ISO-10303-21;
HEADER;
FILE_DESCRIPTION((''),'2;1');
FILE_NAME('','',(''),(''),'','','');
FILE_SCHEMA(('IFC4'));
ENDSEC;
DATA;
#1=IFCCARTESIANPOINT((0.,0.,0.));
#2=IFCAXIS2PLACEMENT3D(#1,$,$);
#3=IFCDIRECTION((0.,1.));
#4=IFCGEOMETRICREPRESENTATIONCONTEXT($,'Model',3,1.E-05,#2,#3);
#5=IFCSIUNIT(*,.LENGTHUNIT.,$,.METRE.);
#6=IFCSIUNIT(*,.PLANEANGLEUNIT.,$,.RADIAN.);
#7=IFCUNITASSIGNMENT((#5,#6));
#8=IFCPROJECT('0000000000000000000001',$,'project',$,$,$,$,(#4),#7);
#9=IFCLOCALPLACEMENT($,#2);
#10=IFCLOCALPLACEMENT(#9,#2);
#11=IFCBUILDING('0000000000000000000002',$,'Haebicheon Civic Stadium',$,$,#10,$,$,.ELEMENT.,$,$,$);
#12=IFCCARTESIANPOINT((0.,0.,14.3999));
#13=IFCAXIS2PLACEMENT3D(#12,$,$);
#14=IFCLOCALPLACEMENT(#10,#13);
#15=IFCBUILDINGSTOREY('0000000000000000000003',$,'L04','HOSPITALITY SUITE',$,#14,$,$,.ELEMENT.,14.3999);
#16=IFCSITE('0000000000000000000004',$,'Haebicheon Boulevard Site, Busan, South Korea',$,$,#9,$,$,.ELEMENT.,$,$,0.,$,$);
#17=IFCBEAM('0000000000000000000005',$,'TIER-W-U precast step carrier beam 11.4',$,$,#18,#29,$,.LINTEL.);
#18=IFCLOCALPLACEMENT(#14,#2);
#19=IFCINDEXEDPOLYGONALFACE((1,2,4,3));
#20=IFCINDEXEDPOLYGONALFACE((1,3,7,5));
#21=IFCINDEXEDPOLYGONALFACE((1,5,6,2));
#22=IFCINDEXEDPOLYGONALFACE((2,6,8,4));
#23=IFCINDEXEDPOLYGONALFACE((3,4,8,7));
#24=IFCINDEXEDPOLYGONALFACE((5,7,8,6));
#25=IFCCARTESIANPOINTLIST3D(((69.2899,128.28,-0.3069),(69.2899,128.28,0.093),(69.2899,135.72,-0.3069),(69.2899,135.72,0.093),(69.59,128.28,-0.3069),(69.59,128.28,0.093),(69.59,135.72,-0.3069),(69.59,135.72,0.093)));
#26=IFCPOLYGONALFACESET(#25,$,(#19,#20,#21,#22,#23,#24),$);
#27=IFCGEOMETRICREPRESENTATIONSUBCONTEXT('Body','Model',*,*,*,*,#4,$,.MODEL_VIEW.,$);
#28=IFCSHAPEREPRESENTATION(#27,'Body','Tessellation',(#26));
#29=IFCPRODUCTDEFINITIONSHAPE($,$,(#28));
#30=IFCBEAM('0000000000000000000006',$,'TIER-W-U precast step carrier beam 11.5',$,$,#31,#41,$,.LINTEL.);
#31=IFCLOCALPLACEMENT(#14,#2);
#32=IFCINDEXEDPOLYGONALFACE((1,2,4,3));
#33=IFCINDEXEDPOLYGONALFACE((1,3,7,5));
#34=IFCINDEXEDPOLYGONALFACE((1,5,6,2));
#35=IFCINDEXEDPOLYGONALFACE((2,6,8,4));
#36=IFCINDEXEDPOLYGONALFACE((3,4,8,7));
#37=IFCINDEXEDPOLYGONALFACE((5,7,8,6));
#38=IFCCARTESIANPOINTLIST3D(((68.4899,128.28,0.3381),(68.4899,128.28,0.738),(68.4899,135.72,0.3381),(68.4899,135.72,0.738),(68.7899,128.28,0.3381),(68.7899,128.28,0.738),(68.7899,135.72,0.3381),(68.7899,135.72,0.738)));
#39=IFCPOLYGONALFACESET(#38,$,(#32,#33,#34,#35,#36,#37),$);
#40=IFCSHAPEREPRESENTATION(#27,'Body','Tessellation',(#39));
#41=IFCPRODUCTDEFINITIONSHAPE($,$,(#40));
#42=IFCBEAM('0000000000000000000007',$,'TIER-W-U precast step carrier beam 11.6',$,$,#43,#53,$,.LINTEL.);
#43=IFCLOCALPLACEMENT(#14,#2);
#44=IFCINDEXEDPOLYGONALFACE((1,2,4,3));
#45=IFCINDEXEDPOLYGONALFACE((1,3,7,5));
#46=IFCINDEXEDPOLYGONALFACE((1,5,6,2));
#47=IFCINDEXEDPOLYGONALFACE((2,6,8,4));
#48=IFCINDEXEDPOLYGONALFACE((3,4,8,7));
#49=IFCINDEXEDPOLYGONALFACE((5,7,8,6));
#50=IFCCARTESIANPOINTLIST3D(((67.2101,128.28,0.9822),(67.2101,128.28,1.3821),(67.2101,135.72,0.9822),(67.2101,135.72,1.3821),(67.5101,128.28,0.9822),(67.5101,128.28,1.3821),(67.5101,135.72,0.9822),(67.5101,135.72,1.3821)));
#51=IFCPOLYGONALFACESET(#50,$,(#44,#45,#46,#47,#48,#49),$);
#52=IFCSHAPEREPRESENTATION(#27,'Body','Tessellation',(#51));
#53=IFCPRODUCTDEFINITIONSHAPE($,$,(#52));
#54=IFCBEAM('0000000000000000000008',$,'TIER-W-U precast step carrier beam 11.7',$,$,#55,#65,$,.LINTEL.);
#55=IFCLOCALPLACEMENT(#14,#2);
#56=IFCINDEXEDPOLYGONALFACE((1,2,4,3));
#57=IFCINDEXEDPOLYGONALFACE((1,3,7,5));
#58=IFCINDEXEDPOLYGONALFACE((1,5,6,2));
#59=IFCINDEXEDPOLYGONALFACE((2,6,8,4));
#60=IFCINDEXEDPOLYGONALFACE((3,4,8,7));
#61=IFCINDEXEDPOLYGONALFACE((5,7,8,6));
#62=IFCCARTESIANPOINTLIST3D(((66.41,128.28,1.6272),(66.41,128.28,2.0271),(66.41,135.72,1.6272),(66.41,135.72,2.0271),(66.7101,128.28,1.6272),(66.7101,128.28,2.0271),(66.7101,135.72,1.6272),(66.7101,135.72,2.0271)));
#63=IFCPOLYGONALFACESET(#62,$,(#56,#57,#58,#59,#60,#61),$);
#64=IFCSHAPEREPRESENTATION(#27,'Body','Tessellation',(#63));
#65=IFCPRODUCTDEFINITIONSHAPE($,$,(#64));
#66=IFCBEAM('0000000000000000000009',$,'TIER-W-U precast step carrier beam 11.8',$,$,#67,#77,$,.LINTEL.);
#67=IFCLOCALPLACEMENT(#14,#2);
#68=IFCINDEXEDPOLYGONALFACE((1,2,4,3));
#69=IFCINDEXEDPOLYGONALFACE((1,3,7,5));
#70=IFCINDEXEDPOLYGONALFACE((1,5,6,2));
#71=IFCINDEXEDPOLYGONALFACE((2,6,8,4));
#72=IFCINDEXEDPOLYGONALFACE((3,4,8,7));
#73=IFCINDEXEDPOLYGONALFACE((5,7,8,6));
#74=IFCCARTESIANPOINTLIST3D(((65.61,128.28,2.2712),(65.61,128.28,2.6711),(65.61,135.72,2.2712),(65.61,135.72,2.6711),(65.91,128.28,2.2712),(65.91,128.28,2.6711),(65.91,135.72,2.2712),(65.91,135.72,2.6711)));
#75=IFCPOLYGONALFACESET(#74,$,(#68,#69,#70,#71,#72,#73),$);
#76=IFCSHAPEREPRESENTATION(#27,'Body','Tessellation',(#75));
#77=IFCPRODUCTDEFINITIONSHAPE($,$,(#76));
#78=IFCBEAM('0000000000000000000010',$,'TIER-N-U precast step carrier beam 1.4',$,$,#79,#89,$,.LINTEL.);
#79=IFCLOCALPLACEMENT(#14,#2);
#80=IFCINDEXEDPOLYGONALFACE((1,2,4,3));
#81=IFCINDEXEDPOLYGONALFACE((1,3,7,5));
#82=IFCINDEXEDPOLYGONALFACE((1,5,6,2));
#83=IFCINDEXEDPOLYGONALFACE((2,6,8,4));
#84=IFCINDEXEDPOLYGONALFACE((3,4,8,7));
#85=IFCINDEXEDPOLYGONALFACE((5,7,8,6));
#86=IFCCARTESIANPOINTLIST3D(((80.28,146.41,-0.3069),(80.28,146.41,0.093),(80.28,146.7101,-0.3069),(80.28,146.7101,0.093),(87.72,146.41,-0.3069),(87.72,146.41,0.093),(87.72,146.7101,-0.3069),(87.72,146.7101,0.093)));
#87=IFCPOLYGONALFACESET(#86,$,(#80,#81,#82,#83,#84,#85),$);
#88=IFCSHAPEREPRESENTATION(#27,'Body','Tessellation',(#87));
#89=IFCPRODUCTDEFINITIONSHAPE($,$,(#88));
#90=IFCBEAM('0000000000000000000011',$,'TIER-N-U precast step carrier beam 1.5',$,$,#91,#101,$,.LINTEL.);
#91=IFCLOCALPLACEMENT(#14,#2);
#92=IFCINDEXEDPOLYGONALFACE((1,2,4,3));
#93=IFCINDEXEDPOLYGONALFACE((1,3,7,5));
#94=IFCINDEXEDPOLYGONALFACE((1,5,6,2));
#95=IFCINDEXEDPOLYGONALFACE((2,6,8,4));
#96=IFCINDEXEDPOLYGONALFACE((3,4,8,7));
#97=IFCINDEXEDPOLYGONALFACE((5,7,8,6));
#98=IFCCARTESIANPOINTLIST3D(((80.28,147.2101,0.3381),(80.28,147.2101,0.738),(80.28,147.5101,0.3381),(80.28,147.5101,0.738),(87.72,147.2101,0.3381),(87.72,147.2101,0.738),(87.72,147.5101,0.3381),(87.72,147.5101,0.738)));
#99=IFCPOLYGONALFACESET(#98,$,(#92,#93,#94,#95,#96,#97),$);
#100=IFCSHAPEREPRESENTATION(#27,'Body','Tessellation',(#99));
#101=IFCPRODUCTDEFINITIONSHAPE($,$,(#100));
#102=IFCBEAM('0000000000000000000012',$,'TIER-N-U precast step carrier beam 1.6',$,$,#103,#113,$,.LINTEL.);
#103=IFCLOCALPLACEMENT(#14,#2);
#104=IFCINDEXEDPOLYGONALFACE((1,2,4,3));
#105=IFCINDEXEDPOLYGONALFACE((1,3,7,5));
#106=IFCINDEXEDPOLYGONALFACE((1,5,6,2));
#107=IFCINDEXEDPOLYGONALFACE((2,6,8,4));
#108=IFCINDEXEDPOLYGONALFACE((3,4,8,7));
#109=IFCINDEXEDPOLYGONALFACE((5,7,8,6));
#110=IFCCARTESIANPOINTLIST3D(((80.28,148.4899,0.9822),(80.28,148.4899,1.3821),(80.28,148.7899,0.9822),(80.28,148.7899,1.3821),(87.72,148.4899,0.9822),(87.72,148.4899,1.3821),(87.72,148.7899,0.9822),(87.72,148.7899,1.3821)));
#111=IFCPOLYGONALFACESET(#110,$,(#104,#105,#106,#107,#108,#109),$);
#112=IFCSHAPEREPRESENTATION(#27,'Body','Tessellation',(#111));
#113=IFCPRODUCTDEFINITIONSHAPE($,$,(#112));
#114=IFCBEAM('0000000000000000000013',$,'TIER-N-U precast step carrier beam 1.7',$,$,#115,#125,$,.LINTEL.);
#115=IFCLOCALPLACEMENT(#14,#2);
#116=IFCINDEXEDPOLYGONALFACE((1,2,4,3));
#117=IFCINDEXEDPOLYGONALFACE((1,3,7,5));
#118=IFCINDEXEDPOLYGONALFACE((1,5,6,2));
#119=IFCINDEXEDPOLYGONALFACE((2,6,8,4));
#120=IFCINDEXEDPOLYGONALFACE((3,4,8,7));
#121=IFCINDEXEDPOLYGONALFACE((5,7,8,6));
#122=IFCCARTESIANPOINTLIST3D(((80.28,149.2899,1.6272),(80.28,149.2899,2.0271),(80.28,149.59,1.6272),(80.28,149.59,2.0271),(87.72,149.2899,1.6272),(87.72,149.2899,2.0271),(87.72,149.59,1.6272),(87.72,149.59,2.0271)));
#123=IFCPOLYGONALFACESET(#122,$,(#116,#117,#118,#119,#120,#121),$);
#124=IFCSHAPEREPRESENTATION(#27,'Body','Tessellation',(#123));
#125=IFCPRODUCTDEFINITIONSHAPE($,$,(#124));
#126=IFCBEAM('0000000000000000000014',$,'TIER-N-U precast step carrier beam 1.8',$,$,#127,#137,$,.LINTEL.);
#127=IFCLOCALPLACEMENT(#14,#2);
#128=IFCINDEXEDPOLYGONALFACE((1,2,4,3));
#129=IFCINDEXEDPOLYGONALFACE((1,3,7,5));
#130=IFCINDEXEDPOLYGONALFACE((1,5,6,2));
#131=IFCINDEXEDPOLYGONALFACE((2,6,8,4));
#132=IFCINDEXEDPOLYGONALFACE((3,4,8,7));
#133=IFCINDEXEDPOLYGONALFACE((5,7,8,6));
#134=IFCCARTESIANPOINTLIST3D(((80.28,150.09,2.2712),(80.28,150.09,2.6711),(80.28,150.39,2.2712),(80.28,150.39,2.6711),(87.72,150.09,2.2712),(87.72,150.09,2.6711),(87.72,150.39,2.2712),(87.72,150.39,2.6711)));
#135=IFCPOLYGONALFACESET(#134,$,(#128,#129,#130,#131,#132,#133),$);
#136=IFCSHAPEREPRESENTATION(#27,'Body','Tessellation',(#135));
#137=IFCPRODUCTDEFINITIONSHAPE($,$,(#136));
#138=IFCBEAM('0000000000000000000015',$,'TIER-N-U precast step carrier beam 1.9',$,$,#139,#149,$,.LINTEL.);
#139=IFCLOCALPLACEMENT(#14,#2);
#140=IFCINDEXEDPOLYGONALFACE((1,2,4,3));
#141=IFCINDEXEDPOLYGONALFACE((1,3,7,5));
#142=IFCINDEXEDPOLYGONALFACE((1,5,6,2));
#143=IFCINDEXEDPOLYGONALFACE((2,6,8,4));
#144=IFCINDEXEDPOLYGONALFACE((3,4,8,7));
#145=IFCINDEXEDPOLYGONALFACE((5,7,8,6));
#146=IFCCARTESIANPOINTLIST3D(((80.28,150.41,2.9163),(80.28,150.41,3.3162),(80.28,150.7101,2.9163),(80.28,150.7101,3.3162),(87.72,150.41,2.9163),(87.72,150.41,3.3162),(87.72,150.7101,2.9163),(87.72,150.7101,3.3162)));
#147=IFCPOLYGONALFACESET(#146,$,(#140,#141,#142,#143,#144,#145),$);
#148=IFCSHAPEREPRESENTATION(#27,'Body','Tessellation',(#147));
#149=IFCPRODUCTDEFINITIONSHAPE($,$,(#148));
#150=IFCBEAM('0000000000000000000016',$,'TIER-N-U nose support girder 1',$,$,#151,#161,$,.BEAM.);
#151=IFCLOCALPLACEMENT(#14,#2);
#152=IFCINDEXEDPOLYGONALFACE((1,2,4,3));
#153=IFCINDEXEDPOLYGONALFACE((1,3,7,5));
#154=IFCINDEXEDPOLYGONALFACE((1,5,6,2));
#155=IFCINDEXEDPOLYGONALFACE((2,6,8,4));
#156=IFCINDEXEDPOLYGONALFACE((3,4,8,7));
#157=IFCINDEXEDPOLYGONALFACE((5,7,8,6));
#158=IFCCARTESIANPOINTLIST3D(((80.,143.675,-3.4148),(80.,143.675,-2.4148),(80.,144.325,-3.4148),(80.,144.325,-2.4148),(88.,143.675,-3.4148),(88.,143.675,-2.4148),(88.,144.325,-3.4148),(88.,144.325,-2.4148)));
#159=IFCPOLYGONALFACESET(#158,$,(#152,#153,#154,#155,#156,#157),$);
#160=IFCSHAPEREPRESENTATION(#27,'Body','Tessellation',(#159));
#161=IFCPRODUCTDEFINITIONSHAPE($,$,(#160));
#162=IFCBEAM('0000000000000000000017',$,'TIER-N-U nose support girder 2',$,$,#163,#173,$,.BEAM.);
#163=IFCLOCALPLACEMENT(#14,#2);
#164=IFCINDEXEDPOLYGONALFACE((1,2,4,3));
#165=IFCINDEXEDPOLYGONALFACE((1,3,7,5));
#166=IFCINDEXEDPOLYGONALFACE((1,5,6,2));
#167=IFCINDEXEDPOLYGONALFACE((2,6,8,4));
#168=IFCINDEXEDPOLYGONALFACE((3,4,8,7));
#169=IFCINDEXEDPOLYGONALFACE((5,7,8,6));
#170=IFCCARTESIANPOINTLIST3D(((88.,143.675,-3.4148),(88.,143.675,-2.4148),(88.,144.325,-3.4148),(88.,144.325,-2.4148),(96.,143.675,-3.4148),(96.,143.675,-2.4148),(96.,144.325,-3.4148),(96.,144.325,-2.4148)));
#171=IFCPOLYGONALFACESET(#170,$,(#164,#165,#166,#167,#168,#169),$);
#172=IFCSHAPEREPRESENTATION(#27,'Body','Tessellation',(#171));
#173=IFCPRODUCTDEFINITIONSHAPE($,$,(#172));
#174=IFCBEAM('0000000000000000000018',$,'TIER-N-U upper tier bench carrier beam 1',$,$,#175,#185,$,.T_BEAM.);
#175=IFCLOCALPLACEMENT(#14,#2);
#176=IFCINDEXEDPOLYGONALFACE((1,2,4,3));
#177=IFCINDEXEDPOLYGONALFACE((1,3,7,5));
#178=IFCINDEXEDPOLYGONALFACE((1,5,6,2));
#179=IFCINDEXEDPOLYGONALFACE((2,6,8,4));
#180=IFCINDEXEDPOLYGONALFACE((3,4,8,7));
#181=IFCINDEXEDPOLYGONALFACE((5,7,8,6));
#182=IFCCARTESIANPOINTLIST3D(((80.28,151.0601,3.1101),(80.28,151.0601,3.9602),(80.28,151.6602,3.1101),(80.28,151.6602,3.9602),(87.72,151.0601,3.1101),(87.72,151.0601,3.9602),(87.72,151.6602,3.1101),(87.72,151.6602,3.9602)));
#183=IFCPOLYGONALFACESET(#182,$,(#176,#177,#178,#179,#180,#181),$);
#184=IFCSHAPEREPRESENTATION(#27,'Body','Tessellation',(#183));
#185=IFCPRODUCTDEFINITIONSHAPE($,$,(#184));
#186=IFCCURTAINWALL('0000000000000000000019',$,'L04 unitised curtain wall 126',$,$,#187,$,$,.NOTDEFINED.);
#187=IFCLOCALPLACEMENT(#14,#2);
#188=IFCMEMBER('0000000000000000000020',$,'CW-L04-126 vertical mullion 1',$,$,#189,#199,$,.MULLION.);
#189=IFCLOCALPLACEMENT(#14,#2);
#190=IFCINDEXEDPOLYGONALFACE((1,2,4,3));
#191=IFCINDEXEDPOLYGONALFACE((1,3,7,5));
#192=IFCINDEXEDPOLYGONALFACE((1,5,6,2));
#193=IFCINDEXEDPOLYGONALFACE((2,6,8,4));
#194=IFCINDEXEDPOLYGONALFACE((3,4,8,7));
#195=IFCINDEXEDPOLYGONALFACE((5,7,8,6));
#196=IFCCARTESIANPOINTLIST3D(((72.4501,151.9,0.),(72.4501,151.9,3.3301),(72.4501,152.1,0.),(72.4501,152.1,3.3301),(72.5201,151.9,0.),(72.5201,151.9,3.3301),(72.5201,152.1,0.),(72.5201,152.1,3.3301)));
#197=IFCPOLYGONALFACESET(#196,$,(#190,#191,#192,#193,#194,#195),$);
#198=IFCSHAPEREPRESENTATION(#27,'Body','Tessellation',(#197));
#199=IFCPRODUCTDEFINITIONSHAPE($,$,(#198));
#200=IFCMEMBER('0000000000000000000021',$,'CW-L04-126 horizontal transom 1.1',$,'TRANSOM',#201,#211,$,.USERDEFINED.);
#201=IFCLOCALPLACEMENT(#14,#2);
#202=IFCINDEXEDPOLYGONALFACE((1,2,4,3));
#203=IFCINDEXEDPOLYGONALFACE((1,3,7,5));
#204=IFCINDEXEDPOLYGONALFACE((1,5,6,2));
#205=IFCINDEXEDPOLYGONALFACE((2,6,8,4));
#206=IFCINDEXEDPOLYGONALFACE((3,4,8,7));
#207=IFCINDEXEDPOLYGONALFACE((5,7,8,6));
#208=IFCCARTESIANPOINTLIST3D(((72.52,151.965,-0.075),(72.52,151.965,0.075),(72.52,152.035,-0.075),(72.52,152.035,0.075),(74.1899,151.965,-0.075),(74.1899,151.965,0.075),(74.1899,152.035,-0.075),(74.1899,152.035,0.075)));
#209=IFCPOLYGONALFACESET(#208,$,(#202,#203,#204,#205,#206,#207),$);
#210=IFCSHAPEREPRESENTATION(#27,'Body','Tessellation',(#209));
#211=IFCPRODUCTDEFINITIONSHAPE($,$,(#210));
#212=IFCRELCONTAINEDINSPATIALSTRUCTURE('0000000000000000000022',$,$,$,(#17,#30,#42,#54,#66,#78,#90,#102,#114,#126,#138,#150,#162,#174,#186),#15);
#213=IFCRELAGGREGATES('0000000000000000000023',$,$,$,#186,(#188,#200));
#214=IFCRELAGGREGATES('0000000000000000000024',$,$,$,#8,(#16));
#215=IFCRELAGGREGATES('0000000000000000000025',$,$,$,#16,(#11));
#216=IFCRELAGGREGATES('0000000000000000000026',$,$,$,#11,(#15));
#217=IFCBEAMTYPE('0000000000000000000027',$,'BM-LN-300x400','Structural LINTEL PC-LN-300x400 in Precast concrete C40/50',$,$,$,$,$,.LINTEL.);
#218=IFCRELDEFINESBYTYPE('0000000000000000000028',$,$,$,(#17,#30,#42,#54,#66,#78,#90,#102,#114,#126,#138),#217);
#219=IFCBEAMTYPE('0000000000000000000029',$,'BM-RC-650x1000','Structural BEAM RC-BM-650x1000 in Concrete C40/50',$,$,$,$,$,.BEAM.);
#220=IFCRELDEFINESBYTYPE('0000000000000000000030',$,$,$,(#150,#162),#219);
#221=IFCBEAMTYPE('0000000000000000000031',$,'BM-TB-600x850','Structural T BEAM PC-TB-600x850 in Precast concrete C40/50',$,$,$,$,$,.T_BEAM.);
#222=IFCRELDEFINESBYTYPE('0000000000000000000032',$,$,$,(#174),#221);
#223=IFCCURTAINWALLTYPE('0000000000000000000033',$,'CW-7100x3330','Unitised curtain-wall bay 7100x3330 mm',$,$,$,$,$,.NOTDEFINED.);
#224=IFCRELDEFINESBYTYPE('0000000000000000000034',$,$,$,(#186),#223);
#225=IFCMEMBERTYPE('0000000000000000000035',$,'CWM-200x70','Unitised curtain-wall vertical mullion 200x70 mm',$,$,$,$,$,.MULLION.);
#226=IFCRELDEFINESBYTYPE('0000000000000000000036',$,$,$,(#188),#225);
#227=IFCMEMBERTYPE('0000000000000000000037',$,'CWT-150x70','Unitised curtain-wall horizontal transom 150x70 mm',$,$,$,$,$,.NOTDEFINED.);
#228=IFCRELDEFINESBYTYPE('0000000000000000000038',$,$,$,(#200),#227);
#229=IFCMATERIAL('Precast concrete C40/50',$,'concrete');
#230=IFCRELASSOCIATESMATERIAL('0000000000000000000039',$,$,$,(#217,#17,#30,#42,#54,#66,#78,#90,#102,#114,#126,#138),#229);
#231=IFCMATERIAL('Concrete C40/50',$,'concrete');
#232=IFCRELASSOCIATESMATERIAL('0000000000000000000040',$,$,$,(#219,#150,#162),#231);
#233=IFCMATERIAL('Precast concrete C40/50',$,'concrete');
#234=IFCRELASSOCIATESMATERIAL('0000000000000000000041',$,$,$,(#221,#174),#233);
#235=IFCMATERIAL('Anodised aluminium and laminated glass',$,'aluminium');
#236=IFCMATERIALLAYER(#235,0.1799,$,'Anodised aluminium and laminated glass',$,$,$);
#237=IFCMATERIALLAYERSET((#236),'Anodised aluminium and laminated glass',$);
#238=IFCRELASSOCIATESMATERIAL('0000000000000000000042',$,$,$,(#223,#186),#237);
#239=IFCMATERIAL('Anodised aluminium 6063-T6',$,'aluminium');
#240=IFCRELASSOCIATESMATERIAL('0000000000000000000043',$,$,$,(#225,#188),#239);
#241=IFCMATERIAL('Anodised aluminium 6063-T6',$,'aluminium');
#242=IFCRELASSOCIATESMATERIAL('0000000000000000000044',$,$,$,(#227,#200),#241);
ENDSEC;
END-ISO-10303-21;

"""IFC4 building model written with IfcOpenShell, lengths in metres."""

from ifc_helpers import new_model, si_unit, direction, frame, origin, origin_2d, place, context, subcontext, project, spatial, rectangle, extrude, material, layer, layer_set, material_profile, profile_set, type_object, element, aggregate, save


model = new_model("IFC4")

# Units and contexts
model_context = context("Model", 3, precision=1e-05, world=origin(), true_north=direction((0.0, 1.0)))
body_context = subcontext(model_context, "Body", "Model", "MODEL_VIEW")
ifc_project = project(units=[si_unit("LENGTHUNIT", "METRE"), si_unit("PLANEANGLEUNIT", "RADIAN")], contexts=[model_context])

# Site, building, storey
site_placement = place(None, origin())
site = spatial("IfcSite", under=ifc_project, at=site_placement, Name="Haebicheon Boulevard Site, Busan, South Korea", CompositionType="ELEMENT", RefElevation=0.0)
building_placement = place(site_placement, origin())
building = spatial("IfcBuilding", under=site, at=building_placement, Name="Haebicheon Civic Stadium", CompositionType="ELEMENT")
storey_placement = place(building_placement, frame((0.0, 0.0, 14.3999)))
storey = spatial("IfcBuildingStorey", under=building, at=storey_placement, Name="L04", Description="HOSPITALITY SUITE", CompositionType="ELEMENT", Elevation=14.3999)

# Beams
ifc_material_1 = material(Name="Precast concrete C40/50", Category="concrete")
ifc_material_profile_1 = material_profile(ifc_material_1, rectangle(XDim=0.3, YDim=0.3999, at=origin_2d()), Name="PC-LN-300x400")
ifc_profile_set_1 = profile_set([ifc_material_profile_1], Name="Precast concrete C40/50")
beam_type_1 = type_object("IfcBeamType", Name="BM-LN-300x400", Description="Structural LINTEL PC-LN-300x400 in Precast concrete C40/50", PredefinedType="LINTEL", material=ifc_profile_set_1)
for number, where, z_axis, x_axis, name in (
    (1, (69.4399, 128.28, -0.1069), (0.0, 1.0, 0.0), (-1.0, 0.0, 0.0), "TIER-W-U precast step carrier beam 11.4"),
    (2, (68.6399, 128.28, 0.5381), (0.0, 1.0, 0.0), (-1.0, 0.0, 0.0), "TIER-W-U precast step carrier beam 11.5"),
    (3, (67.3601, 128.28, 1.1821), (0.0, 1.0, 0.0), (-1.0, 0.0, 0.0), "TIER-W-U precast step carrier beam 11.6"),
    (4, (66.5601, 128.28, 1.8271), (0.0, 1.0, 0.0), (-1.0, 0.0, 0.0), "TIER-W-U precast step carrier beam 11.7"),
    (5, (65.76, 128.28, 2.4712), (0.0, 1.0, 0.0), (-1.0, 0.0, 0.0), "TIER-W-U precast step carrier beam 11.8"),
    (6, (80.28, 146.5601, -0.1069), (1.0, 0.0, 0.0), (0.0, 1.0, 0.0), "TIER-N-U precast step carrier beam 1.4"),
    (7, (80.28, 147.3601, 0.5381), (1.0, 0.0, 0.0), (0.0, 1.0, 0.0), "TIER-N-U precast step carrier beam 1.5"),
    (8, (80.28, 148.6399, 1.1821), (1.0, 0.0, 0.0), (0.0, 1.0, 0.0), "TIER-N-U precast step carrier beam 1.6"),
    (9, (80.28, 149.4399, 1.8271), (1.0, 0.0, 0.0), (0.0, 1.0, 0.0), "TIER-N-U precast step carrier beam 1.7"),
    (10, (80.28, 150.24, 2.4712), (1.0, 0.0, 0.0), (0.0, 1.0, 0.0), "TIER-N-U precast step carrier beam 1.8"),
    (11, (80.28, 150.5601, 3.1162), (1.0, 0.0, 0.0), (0.0, 1.0, 0.0), "TIER-N-U precast step carrier beam 1.9"),
):
    element("IfcBeam", number, at=place(storey_placement, frame(where, z_axis=z_axis, x_axis=x_axis)), inside=storey, type_object=beam_type_1, material=ifc_profile_set_1, Name=name, PredefinedType="LINTEL", context=body_context, shape_type="SweptSolid", body=[
        extrude(rectangle(XDim=0.3, YDim=0.3999, at=origin_2d()), origin(), (0.0, 0.0, 1.0), 7.4399),
    ])
ifc_material_2 = material(Name="Concrete C40/50", Category="concrete")
ifc_material_profile_2 = material_profile(ifc_material_2, rectangle(XDim=0.6499, YDim=1.0, at=origin_2d()), Name="RC-BM-650x1000")
ifc_profile_set_2 = profile_set([ifc_material_profile_2], Name="Concrete C40/50")
beam_type_2 = type_object("IfcBeamType", Name="BM-RC-650x1000", Description="Structural BEAM RC-BM-650x1000 in Concrete C40/50", PredefinedType="BEAM", material=ifc_profile_set_2)
for number, where, z_axis, x_axis, name in (
    (12, (80.0, 144.0, -2.9148), (1.0, 0.0, 0.0), (0.0, 1.0, 0.0), "TIER-N-U nose support girder 1"),
    (13, (88.0, 144.0, -2.9148), (1.0, 0.0, 0.0), (0.0, 1.0, 0.0), "TIER-N-U nose support girder 2"),
):
    element("IfcBeam", number, at=place(storey_placement, frame(where, z_axis=z_axis, x_axis=x_axis)), inside=storey, type_object=beam_type_2, material=ifc_profile_set_2, Name=name, PredefinedType="BEAM", context=body_context, shape_type="SweptSolid", body=[
        extrude(rectangle(XDim=0.6499, YDim=1.0, at=origin_2d()), origin(), (0.0, 0.0, 1.0), 8.0),
    ])
ifc_material_3 = material(Name="Precast concrete C40/50", Category="concrete")
ifc_material_profile_3 = material_profile(ifc_material_3, rectangle(XDim=0.6001, YDim=0.8501, at=origin_2d()), Name="PC-TB-600x850")
ifc_profile_set_3 = profile_set([ifc_material_profile_3], Name="Precast concrete C40/50")
beam_type_3 = type_object("IfcBeamType", Name="BM-TB-600x850", Description="Structural T BEAM PC-TB-600x850 in Precast concrete C40/50", PredefinedType="T_BEAM", material=ifc_profile_set_3)
beam_placement = place(storey_placement, frame((80.28, 151.3601, 3.5352), z_axis=(1.0, 0.0, 0.0), x_axis=(0.0, 1.0, 0.0)))
element("IfcBeam", 14, at=beam_placement, inside=storey, type_object=beam_type_3, material=ifc_profile_set_3, Name="TIER-N-U upper tier bench carrier beam 1", PredefinedType="T_BEAM", context=body_context, shape_type="SweptSolid", body=[
    extrude(rectangle(XDim=0.6001, YDim=0.8501, at=origin_2d()), origin(), (0.0, 0.0, 1.0), 7.4399),
])

# Curtain wall, members
ifc_material_4 = material(Name="Anodised aluminium and laminated glass", Category="aluminium")
ifc_layer = layer(ifc_material_4, 0.1799, Name="Anodised aluminium and laminated glass")
ifc_layer_set = layer_set([ifc_layer], Name="Anodised aluminium and laminated glass")
curtain_wall_type = type_object("IfcCurtainWallType", Name="CW-7100x3330", Description="Unitised curtain-wall bay 7100x3330 mm", PredefinedType="NOTDEFINED", material=ifc_layer_set)
curtain_wall_placement = place(storey_placement, origin())
curtain_wall = element("IfcCurtainWall", 15, at=curtain_wall_placement, inside=storey, type_object=curtain_wall_type, material=ifc_layer_set, Name="L04 unitised curtain wall 126", PredefinedType="NOTDEFINED")
ifc_material_5 = material(Name="Anodised aluminium 6063-T6", Category="aluminium")
ifc_material_profile_4 = material_profile(ifc_material_5, rectangle(XDim=0.0701, YDim=0.2, at=origin_2d()), Name="ALU-MULL-70x200")
ifc_profile_set_4 = profile_set([ifc_material_profile_4], Name="Anodised aluminium 6063-T6")
member_type_1 = type_object("IfcMemberType", Name="CWM-200x70", Description="Unitised curtain-wall vertical mullion 200x70 mm", PredefinedType="MULLION", material=ifc_profile_set_4)
member_1_placement = place(storey_placement, frame((72.4851, 152.0, 0.0), z_axis=(0.0, 0.0, 1.0), x_axis=(1.0, 0.0, 0.0)))
member_1 = element("IfcMember", 16, at=member_1_placement, type_object=member_type_1, material=ifc_profile_set_4, Name="CW-L04-126 vertical mullion 1", PredefinedType="MULLION", context=body_context, shape_type="SweptSolid", body=[
    extrude(rectangle(XDim=0.0701, YDim=0.2, at=origin_2d()), origin(), (0.0, 0.0, 1.0), 3.3301),
])
ifc_material_6 = material(Name="Anodised aluminium 6063-T6", Category="aluminium")
ifc_material_profile_5 = material_profile(ifc_material_6, rectangle(XDim=0.0701, YDim=0.1499, at=origin_2d()), Name="ALU-TRAN-70x150")
ifc_profile_set_5 = profile_set([ifc_material_profile_5], Name="Anodised aluminium 6063-T6")
member_type_2 = type_object("IfcMemberType", Name="CWT-150x70", Description="Unitised curtain-wall horizontal transom 150x70 mm", PredefinedType="NOTDEFINED", material=ifc_profile_set_5)
member_2_placement = place(storey_placement, frame((72.52, 152.0, 0.0), z_axis=(1.0, 0.0, 0.0), x_axis=(0.0, 1.0, 0.0)))
member_2 = element("IfcMember", 17, at=member_2_placement, type_object=member_type_2, material=ifc_profile_set_5, Name="CW-L04-126 horizontal transom 1.1", ObjectType="TRANSOM", PredefinedType="USERDEFINED", context=body_context, shape_type="SweptSolid", body=[
    extrude(rectangle(XDim=0.0701, YDim=0.1499, at=origin_2d()), origin(), (0.0, 0.0, 1.0), 1.6699),
])
aggregate(curtain_wall, [member_1, member_2])

save(model, "model.ifc")
